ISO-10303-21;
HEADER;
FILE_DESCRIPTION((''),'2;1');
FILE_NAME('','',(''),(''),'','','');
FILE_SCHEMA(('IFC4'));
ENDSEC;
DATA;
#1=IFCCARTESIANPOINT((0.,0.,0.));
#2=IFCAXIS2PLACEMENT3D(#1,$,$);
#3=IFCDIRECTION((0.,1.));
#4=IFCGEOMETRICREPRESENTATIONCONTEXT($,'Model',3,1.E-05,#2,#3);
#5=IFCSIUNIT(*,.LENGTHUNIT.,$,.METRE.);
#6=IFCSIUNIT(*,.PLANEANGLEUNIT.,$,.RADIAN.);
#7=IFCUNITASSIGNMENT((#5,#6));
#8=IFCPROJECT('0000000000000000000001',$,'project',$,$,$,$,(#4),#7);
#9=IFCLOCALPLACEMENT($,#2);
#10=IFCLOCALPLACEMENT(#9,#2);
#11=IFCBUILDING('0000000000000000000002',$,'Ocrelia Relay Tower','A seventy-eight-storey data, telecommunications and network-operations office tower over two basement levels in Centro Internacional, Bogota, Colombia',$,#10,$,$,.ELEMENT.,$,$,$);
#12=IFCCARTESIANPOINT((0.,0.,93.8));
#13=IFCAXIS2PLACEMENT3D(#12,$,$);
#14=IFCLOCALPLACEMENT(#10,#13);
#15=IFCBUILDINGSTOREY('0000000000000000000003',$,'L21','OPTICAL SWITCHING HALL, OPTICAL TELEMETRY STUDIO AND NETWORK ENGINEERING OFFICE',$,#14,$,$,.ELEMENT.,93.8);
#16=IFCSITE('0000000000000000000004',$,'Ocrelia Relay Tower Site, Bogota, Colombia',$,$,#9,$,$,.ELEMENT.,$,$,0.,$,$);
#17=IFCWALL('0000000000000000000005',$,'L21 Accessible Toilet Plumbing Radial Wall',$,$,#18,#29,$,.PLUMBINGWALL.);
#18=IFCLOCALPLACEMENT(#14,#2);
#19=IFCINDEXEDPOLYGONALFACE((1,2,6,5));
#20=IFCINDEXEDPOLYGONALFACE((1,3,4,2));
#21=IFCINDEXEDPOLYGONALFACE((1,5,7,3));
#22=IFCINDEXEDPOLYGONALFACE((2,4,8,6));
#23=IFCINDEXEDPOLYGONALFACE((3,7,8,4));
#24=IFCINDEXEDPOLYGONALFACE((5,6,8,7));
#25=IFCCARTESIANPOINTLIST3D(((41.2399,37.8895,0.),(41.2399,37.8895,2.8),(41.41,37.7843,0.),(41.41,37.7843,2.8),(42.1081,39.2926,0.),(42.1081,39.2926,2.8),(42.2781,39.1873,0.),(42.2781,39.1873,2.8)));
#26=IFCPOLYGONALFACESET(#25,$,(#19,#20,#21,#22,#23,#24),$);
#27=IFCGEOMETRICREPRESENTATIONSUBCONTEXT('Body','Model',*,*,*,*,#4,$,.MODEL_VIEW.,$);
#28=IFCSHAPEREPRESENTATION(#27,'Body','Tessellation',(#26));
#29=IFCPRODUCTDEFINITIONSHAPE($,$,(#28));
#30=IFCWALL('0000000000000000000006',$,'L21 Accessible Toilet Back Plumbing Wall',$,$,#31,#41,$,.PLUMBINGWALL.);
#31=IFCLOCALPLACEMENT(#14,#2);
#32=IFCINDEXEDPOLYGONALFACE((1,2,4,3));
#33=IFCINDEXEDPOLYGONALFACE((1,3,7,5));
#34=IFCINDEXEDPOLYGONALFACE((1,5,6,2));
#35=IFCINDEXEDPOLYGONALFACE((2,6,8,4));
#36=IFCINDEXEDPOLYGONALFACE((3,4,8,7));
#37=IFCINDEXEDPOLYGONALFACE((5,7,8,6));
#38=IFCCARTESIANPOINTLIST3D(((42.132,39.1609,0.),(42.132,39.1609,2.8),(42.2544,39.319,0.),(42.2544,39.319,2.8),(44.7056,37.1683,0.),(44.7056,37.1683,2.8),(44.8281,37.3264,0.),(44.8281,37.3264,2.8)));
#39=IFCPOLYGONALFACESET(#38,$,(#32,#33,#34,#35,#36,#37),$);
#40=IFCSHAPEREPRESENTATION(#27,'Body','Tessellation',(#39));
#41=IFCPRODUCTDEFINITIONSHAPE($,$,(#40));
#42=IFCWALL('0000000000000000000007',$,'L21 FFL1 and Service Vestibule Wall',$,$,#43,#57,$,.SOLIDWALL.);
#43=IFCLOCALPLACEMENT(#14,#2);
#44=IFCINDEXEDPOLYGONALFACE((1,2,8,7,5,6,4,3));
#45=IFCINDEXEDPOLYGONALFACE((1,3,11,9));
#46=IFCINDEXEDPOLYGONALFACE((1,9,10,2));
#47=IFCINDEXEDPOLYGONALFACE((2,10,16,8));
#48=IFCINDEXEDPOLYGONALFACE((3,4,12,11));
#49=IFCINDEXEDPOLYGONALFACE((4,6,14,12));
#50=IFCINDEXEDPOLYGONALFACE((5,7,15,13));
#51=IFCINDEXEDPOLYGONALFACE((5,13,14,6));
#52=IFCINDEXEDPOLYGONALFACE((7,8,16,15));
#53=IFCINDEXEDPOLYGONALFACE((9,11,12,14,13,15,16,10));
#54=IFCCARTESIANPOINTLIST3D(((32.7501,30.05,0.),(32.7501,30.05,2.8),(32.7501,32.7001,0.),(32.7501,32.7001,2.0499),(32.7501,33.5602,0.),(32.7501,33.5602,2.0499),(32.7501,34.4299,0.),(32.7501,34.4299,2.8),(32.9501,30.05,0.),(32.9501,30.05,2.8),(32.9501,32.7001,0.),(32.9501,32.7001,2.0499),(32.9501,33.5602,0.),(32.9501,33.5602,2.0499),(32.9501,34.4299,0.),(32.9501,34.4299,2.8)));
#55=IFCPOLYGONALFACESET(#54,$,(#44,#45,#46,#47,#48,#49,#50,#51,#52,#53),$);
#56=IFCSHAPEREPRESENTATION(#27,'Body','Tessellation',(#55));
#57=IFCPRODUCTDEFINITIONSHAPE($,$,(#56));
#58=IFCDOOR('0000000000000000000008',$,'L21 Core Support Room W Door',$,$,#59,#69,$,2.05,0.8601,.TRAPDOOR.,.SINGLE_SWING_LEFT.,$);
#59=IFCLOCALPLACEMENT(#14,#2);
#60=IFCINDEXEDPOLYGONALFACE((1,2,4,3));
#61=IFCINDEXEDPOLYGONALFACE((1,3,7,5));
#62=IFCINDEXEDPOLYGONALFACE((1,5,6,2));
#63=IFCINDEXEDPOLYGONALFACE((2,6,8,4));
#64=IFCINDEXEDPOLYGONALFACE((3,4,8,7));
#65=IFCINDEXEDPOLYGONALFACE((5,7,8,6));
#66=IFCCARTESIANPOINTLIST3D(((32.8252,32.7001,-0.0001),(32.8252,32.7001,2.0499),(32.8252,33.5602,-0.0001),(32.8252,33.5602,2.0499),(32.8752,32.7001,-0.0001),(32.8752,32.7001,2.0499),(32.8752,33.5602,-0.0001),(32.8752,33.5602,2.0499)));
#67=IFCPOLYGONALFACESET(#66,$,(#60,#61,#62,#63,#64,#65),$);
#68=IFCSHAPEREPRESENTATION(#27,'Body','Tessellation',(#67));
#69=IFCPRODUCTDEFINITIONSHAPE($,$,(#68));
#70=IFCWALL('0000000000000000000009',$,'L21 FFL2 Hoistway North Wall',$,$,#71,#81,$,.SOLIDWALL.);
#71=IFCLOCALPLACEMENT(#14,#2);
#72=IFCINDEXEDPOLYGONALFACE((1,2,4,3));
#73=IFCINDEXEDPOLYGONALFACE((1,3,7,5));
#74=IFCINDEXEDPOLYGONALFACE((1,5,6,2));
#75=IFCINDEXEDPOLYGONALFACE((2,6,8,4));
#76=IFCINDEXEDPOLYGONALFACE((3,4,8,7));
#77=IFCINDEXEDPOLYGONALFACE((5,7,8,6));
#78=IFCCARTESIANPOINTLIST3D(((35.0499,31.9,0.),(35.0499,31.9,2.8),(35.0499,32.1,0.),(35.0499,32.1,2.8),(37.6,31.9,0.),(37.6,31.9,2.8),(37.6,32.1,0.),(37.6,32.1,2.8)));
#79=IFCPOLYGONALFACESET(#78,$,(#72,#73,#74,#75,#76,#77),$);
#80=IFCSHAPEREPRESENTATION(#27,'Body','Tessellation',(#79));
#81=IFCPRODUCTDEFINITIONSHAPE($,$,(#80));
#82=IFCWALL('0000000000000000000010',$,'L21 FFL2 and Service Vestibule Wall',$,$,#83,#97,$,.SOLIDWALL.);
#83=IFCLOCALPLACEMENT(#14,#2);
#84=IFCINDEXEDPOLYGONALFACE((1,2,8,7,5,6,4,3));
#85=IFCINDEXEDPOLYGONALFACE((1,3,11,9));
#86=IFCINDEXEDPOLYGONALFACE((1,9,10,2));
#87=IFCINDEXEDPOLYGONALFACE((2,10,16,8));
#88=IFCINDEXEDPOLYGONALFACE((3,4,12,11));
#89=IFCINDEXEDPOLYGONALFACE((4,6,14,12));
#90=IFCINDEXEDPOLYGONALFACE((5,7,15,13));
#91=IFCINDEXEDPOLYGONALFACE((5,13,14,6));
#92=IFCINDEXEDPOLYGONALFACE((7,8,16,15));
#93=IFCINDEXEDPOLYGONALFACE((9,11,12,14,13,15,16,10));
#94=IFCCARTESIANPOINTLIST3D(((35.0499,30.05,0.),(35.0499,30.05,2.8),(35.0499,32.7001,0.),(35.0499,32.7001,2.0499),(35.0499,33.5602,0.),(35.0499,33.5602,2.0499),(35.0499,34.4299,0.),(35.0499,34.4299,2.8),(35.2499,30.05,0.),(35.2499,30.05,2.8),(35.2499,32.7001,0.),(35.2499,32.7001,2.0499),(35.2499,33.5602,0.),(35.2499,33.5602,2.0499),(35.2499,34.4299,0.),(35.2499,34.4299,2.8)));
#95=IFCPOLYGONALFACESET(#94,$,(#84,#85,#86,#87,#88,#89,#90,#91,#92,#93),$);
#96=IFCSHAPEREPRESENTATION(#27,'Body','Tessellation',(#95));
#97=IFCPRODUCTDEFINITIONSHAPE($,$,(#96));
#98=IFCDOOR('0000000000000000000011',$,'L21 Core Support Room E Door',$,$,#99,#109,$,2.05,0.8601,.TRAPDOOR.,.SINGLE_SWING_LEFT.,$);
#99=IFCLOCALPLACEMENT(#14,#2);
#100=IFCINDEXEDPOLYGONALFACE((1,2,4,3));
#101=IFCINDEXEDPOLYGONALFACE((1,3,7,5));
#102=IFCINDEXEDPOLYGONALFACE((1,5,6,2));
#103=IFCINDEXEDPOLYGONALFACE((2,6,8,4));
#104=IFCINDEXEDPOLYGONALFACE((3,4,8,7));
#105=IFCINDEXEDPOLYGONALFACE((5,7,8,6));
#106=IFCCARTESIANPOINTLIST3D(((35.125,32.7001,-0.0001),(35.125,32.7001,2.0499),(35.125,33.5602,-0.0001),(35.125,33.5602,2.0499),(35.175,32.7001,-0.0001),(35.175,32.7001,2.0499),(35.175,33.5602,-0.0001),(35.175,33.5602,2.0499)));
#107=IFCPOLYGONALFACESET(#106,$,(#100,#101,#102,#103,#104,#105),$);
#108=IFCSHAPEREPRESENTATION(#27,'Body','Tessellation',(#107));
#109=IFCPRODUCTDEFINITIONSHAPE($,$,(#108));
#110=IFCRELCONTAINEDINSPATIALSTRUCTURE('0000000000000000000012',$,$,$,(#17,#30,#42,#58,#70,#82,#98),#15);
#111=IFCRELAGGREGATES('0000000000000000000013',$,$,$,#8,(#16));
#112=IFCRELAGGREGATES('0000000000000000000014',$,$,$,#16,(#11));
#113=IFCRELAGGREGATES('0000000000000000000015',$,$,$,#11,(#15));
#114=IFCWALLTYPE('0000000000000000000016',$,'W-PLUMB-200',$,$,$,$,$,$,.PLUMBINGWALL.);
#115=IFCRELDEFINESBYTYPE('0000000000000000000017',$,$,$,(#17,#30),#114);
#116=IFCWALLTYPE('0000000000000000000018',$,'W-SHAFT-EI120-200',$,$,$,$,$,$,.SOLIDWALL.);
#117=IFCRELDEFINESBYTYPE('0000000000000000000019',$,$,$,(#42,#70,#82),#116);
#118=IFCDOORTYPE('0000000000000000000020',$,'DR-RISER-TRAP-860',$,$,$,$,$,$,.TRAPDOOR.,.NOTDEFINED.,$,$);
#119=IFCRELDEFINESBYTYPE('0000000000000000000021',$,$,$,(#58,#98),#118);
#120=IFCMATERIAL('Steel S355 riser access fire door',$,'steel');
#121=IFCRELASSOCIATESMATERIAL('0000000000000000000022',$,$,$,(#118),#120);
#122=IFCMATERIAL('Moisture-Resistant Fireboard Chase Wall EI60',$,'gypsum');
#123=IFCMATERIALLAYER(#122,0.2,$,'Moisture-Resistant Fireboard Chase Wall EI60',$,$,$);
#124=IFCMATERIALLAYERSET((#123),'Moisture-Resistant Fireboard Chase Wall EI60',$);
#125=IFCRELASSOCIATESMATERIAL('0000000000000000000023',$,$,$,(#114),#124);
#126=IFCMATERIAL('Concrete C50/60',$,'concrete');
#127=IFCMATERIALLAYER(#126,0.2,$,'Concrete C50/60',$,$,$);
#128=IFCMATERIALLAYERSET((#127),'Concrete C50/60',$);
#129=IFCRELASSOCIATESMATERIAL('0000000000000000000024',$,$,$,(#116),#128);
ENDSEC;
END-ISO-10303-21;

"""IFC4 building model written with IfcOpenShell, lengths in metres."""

from ifc_helpers import new_model, si_unit, direction, frame, frame_2d, origin, place, context, subcontext, project, spatial, rectangle, extrude, material, layer, layer_set, type_object, element, fill, save


model = new_model("IFC4")

# Units and contexts
model_context = context("Model", 3, precision=1e-05, world=origin(), true_north=direction((0.0, 1.0)))
body_context = subcontext(model_context, "Body", "Model", "MODEL_VIEW")
ifc_project = project(units=[si_unit("LENGTHUNIT", "METRE"), si_unit("PLANEANGLEUNIT", "RADIAN")], contexts=[model_context])

# Site, building, storey
site_placement = place(None, origin())
site = spatial("IfcSite", under=ifc_project, at=site_placement, Name="Ocrelia Relay Tower Site, Bogota, Colombia", CompositionType="ELEMENT", RefElevation=0.0)
building_placement = place(site_placement, origin())
building = spatial("IfcBuilding", under=site, at=building_placement, Name="Ocrelia Relay Tower", Description="A seventy-eight-storey data, telecommunications and network-operations office tower over two basement levels in Centro Internacional, Bogota, Colombia", CompositionType="ELEMENT")
storey_placement = place(building_placement, frame((0.0, 0.0, 93.8)))
storey = spatial("IfcBuildingStorey", under=building, at=storey_placement, Name="L21", Description="OPTICAL SWITCHING HALL, OPTICAL TELEMETRY STUDIO AND NETWORK ENGINEERING OFFICE", CompositionType="ELEMENT", Elevation=93.8)

# Shared definitions
ifc_material_1 = material(Name="Concrete C50/60", Category="concrete")

# Shared definitions
ifc_material_2 = material(Name="Steel S355 riser access fire door", Category="steel")
door_type_1 = type_object("IfcDoorType", Name="DR-RISER-TRAP-860", OperationType="NOTDEFINED", PredefinedType="TRAPDOOR", material=ifc_material_2)

# Walls
ifc_material_3 = material(Name="Moisture-Resistant Fireboard Chase Wall EI60", Category="gypsum")
ifc_layer_1 = layer(ifc_material_3, 0.2, Name="Moisture-Resistant Fireboard Chase Wall EI60")
ifc_layer_set_1 = layer_set([ifc_layer_1], Name="Moisture-Resistant Fireboard Chase Wall EI60")
wall_type_1 = type_object("IfcWallType", Name="W-PLUMB-200", PredefinedType="PLUMBINGWALL", material=ifc_layer_set_1)
for number, where, z_axis, x_axis, name in (
    (1, (41.325, 37.8369, 0.0), (0.0, 0.0, 1.0), (0.526176, 0.850375, 0.0), "L21 Accessible Toilet Plumbing Radial Wall"),
):
    element("IfcWall", number, at=place(storey_placement, frame(where, z_axis=z_axis, x_axis=x_axis)), inside=storey, type_object=wall_type_1, Name=name, PredefinedType="PLUMBINGWALL", context=body_context, shape_type="SweptSolid", body=[
        extrude(rectangle(XDim=1.6499, YDim=0.2, at=frame_2d((0.825, 0.0))), origin(), (0.0, 0.0, 1.0), 2.8),
    ])
wall_1_placement = place(storey_placement, frame((44.7668, 37.2473, 0.0), z_axis=(0.0, 0.0, 1.0), x_axis=(-0.790707, 0.612194, 0.0)))
element("IfcWall", 2, at=wall_1_placement, inside=storey, type_object=wall_type_1, Name="L21 Accessible Toilet Back Plumbing Wall", PredefinedType="PLUMBINGWALL", context=body_context, shape_type="SweptSolid", body=[
    extrude(rectangle(XDim=3.2549, YDim=0.2, at=frame_2d((1.6274, 0.0))), origin(), (0.0, 0.0, 1.0), 2.8),
])

# Wall, opening, door
ifc_layer_2 = layer(ifc_material_1, 0.2, Name="Concrete C50/60")
ifc_layer_set_2 = layer_set([ifc_layer_2], Name="Concrete C50/60")
wall_type_2 = type_object("IfcWallType", Name="W-SHAFT-EI120-200", PredefinedType="SOLIDWALL", material=ifc_layer_set_2)
wall_2_placement = place(storey_placement, frame((32.8501, 30.05, 0.0), z_axis=(0.0, 0.0, 1.0), x_axis=(0.0, 1.0, 0.0)))
wall_2 = element("IfcWall", 3, at=wall_2_placement, inside=storey, type_object=wall_type_2, Name="L21 FFL1 and Service Vestibule Wall", PredefinedType="SOLIDWALL", context=body_context, shape_type="SweptSolid", body=[
    extrude(rectangle(XDim=4.3799, YDim=0.2, at=frame_2d((2.1899, 0.0))), origin(), (0.0, 0.0, 1.0), 2.8),
])
opening_1_placement = place(wall_2_placement, frame((2.6499, 0.0, 0.0)))
opening_1 = element("IfcOpeningElement", 4, at=opening_1_placement, cuts=wall_2, PredefinedType="OPENING", context=body_context, shape_type="SweptSolid", body=[
    extrude(rectangle(XDim=0.8601, YDim=2.05, at=frame_2d((0.4302, 1.0249))), frame((0.0, 0.1099, 0.0), z_axis=(0.0, -1.0, 0.0), x_axis=(1.0, 0.0, 0.0)), (0.0, 0.0, 1.0), 0.22),
])
door_1_placement = place(opening_1_placement, origin())
door_1 = element("IfcDoor", 5, at=door_1_placement, inside=storey, type_object=door_type_1, Name="L21 Core Support Room W Door", OperationType="SINGLE_SWING_LEFT", OverallHeight=2.05, OverallWidth=0.8601, PredefinedType="TRAPDOOR", context=body_context, shape_type="SweptSolid", body=[
    extrude(rectangle(XDim=0.8601, YDim=2.05, at=frame_2d((0.4302, 1.0249))), frame((0.0, 0.0249, 0.0), z_axis=(0.0, -1.0, 0.0), x_axis=(1.0, 0.0, 0.0)), (0.0, 0.0, 1.0), 0.05),
])
fill(opening_1, door_1)

# Wall
wall_3_placement = place(storey_placement, frame((35.05, 32.0, 0.0), z_axis=(0.0, 0.0, 1.0), x_axis=(1.0, 0.0, 0.0)))
element("IfcWall", 6, at=wall_3_placement, inside=storey, type_object=wall_type_2, Name="L21 FFL2 Hoistway North Wall", PredefinedType="SOLIDWALL", context=body_context, shape_type="SweptSolid", body=[
    extrude(rectangle(XDim=2.55, YDim=0.2, at=frame_2d((1.2749, 0.0))), origin(), (0.0, 0.0, 1.0), 2.8),
])

# Wall, opening, door
wall_4_placement = place(storey_placement, frame((35.1499, 30.05, 0.0), z_axis=(0.0, 0.0, 1.0), x_axis=(0.0, 1.0, 0.0)))
wall_4 = element("IfcWall", 7, at=wall_4_placement, inside=storey, type_object=wall_type_2, Name="L21 FFL2 and Service Vestibule Wall", PredefinedType="SOLIDWALL", context=body_context, shape_type="SweptSolid", body=[
    extrude(rectangle(XDim=4.3799, YDim=0.2, at=frame_2d((2.1899, 0.0))), origin(), (0.0, 0.0, 1.0), 2.8),
])
opening_2_placement = place(wall_4_placement, frame((2.6499, 0.0, 0.0)))
opening_2 = element("IfcOpeningElement", 8, at=opening_2_placement, cuts=wall_4, PredefinedType="OPENING", context=body_context, shape_type="SweptSolid", body=[
    extrude(rectangle(XDim=0.8601, YDim=2.05, at=frame_2d((0.4302, 1.0249))), frame((0.0, 0.1099, 0.0), z_axis=(0.0, -1.0, 0.0), x_axis=(1.0, 0.0, 0.0)), (0.0, 0.0, 1.0), 0.22),
])
door_2_placement = place(opening_2_placement, origin())
door_2 = element("IfcDoor", 9, at=door_2_placement, inside=storey, type_object=door_type_1, Name="L21 Core Support Room E Door", OperationType="SINGLE_SWING_LEFT", OverallHeight=2.05, OverallWidth=0.8601, PredefinedType="TRAPDOOR", context=body_context, shape_type="SweptSolid", body=[
    extrude(rectangle(XDim=0.8601, YDim=2.05, at=frame_2d((0.4302, 1.0249))), frame((0.0, 0.0249, 0.0), z_axis=(0.0, -1.0, 0.0), x_axis=(1.0, 0.0, 0.0)), (0.0, 0.0, 1.0), 0.05),
])
fill(opening_2, door_2)

save(model, "model.ifc")
